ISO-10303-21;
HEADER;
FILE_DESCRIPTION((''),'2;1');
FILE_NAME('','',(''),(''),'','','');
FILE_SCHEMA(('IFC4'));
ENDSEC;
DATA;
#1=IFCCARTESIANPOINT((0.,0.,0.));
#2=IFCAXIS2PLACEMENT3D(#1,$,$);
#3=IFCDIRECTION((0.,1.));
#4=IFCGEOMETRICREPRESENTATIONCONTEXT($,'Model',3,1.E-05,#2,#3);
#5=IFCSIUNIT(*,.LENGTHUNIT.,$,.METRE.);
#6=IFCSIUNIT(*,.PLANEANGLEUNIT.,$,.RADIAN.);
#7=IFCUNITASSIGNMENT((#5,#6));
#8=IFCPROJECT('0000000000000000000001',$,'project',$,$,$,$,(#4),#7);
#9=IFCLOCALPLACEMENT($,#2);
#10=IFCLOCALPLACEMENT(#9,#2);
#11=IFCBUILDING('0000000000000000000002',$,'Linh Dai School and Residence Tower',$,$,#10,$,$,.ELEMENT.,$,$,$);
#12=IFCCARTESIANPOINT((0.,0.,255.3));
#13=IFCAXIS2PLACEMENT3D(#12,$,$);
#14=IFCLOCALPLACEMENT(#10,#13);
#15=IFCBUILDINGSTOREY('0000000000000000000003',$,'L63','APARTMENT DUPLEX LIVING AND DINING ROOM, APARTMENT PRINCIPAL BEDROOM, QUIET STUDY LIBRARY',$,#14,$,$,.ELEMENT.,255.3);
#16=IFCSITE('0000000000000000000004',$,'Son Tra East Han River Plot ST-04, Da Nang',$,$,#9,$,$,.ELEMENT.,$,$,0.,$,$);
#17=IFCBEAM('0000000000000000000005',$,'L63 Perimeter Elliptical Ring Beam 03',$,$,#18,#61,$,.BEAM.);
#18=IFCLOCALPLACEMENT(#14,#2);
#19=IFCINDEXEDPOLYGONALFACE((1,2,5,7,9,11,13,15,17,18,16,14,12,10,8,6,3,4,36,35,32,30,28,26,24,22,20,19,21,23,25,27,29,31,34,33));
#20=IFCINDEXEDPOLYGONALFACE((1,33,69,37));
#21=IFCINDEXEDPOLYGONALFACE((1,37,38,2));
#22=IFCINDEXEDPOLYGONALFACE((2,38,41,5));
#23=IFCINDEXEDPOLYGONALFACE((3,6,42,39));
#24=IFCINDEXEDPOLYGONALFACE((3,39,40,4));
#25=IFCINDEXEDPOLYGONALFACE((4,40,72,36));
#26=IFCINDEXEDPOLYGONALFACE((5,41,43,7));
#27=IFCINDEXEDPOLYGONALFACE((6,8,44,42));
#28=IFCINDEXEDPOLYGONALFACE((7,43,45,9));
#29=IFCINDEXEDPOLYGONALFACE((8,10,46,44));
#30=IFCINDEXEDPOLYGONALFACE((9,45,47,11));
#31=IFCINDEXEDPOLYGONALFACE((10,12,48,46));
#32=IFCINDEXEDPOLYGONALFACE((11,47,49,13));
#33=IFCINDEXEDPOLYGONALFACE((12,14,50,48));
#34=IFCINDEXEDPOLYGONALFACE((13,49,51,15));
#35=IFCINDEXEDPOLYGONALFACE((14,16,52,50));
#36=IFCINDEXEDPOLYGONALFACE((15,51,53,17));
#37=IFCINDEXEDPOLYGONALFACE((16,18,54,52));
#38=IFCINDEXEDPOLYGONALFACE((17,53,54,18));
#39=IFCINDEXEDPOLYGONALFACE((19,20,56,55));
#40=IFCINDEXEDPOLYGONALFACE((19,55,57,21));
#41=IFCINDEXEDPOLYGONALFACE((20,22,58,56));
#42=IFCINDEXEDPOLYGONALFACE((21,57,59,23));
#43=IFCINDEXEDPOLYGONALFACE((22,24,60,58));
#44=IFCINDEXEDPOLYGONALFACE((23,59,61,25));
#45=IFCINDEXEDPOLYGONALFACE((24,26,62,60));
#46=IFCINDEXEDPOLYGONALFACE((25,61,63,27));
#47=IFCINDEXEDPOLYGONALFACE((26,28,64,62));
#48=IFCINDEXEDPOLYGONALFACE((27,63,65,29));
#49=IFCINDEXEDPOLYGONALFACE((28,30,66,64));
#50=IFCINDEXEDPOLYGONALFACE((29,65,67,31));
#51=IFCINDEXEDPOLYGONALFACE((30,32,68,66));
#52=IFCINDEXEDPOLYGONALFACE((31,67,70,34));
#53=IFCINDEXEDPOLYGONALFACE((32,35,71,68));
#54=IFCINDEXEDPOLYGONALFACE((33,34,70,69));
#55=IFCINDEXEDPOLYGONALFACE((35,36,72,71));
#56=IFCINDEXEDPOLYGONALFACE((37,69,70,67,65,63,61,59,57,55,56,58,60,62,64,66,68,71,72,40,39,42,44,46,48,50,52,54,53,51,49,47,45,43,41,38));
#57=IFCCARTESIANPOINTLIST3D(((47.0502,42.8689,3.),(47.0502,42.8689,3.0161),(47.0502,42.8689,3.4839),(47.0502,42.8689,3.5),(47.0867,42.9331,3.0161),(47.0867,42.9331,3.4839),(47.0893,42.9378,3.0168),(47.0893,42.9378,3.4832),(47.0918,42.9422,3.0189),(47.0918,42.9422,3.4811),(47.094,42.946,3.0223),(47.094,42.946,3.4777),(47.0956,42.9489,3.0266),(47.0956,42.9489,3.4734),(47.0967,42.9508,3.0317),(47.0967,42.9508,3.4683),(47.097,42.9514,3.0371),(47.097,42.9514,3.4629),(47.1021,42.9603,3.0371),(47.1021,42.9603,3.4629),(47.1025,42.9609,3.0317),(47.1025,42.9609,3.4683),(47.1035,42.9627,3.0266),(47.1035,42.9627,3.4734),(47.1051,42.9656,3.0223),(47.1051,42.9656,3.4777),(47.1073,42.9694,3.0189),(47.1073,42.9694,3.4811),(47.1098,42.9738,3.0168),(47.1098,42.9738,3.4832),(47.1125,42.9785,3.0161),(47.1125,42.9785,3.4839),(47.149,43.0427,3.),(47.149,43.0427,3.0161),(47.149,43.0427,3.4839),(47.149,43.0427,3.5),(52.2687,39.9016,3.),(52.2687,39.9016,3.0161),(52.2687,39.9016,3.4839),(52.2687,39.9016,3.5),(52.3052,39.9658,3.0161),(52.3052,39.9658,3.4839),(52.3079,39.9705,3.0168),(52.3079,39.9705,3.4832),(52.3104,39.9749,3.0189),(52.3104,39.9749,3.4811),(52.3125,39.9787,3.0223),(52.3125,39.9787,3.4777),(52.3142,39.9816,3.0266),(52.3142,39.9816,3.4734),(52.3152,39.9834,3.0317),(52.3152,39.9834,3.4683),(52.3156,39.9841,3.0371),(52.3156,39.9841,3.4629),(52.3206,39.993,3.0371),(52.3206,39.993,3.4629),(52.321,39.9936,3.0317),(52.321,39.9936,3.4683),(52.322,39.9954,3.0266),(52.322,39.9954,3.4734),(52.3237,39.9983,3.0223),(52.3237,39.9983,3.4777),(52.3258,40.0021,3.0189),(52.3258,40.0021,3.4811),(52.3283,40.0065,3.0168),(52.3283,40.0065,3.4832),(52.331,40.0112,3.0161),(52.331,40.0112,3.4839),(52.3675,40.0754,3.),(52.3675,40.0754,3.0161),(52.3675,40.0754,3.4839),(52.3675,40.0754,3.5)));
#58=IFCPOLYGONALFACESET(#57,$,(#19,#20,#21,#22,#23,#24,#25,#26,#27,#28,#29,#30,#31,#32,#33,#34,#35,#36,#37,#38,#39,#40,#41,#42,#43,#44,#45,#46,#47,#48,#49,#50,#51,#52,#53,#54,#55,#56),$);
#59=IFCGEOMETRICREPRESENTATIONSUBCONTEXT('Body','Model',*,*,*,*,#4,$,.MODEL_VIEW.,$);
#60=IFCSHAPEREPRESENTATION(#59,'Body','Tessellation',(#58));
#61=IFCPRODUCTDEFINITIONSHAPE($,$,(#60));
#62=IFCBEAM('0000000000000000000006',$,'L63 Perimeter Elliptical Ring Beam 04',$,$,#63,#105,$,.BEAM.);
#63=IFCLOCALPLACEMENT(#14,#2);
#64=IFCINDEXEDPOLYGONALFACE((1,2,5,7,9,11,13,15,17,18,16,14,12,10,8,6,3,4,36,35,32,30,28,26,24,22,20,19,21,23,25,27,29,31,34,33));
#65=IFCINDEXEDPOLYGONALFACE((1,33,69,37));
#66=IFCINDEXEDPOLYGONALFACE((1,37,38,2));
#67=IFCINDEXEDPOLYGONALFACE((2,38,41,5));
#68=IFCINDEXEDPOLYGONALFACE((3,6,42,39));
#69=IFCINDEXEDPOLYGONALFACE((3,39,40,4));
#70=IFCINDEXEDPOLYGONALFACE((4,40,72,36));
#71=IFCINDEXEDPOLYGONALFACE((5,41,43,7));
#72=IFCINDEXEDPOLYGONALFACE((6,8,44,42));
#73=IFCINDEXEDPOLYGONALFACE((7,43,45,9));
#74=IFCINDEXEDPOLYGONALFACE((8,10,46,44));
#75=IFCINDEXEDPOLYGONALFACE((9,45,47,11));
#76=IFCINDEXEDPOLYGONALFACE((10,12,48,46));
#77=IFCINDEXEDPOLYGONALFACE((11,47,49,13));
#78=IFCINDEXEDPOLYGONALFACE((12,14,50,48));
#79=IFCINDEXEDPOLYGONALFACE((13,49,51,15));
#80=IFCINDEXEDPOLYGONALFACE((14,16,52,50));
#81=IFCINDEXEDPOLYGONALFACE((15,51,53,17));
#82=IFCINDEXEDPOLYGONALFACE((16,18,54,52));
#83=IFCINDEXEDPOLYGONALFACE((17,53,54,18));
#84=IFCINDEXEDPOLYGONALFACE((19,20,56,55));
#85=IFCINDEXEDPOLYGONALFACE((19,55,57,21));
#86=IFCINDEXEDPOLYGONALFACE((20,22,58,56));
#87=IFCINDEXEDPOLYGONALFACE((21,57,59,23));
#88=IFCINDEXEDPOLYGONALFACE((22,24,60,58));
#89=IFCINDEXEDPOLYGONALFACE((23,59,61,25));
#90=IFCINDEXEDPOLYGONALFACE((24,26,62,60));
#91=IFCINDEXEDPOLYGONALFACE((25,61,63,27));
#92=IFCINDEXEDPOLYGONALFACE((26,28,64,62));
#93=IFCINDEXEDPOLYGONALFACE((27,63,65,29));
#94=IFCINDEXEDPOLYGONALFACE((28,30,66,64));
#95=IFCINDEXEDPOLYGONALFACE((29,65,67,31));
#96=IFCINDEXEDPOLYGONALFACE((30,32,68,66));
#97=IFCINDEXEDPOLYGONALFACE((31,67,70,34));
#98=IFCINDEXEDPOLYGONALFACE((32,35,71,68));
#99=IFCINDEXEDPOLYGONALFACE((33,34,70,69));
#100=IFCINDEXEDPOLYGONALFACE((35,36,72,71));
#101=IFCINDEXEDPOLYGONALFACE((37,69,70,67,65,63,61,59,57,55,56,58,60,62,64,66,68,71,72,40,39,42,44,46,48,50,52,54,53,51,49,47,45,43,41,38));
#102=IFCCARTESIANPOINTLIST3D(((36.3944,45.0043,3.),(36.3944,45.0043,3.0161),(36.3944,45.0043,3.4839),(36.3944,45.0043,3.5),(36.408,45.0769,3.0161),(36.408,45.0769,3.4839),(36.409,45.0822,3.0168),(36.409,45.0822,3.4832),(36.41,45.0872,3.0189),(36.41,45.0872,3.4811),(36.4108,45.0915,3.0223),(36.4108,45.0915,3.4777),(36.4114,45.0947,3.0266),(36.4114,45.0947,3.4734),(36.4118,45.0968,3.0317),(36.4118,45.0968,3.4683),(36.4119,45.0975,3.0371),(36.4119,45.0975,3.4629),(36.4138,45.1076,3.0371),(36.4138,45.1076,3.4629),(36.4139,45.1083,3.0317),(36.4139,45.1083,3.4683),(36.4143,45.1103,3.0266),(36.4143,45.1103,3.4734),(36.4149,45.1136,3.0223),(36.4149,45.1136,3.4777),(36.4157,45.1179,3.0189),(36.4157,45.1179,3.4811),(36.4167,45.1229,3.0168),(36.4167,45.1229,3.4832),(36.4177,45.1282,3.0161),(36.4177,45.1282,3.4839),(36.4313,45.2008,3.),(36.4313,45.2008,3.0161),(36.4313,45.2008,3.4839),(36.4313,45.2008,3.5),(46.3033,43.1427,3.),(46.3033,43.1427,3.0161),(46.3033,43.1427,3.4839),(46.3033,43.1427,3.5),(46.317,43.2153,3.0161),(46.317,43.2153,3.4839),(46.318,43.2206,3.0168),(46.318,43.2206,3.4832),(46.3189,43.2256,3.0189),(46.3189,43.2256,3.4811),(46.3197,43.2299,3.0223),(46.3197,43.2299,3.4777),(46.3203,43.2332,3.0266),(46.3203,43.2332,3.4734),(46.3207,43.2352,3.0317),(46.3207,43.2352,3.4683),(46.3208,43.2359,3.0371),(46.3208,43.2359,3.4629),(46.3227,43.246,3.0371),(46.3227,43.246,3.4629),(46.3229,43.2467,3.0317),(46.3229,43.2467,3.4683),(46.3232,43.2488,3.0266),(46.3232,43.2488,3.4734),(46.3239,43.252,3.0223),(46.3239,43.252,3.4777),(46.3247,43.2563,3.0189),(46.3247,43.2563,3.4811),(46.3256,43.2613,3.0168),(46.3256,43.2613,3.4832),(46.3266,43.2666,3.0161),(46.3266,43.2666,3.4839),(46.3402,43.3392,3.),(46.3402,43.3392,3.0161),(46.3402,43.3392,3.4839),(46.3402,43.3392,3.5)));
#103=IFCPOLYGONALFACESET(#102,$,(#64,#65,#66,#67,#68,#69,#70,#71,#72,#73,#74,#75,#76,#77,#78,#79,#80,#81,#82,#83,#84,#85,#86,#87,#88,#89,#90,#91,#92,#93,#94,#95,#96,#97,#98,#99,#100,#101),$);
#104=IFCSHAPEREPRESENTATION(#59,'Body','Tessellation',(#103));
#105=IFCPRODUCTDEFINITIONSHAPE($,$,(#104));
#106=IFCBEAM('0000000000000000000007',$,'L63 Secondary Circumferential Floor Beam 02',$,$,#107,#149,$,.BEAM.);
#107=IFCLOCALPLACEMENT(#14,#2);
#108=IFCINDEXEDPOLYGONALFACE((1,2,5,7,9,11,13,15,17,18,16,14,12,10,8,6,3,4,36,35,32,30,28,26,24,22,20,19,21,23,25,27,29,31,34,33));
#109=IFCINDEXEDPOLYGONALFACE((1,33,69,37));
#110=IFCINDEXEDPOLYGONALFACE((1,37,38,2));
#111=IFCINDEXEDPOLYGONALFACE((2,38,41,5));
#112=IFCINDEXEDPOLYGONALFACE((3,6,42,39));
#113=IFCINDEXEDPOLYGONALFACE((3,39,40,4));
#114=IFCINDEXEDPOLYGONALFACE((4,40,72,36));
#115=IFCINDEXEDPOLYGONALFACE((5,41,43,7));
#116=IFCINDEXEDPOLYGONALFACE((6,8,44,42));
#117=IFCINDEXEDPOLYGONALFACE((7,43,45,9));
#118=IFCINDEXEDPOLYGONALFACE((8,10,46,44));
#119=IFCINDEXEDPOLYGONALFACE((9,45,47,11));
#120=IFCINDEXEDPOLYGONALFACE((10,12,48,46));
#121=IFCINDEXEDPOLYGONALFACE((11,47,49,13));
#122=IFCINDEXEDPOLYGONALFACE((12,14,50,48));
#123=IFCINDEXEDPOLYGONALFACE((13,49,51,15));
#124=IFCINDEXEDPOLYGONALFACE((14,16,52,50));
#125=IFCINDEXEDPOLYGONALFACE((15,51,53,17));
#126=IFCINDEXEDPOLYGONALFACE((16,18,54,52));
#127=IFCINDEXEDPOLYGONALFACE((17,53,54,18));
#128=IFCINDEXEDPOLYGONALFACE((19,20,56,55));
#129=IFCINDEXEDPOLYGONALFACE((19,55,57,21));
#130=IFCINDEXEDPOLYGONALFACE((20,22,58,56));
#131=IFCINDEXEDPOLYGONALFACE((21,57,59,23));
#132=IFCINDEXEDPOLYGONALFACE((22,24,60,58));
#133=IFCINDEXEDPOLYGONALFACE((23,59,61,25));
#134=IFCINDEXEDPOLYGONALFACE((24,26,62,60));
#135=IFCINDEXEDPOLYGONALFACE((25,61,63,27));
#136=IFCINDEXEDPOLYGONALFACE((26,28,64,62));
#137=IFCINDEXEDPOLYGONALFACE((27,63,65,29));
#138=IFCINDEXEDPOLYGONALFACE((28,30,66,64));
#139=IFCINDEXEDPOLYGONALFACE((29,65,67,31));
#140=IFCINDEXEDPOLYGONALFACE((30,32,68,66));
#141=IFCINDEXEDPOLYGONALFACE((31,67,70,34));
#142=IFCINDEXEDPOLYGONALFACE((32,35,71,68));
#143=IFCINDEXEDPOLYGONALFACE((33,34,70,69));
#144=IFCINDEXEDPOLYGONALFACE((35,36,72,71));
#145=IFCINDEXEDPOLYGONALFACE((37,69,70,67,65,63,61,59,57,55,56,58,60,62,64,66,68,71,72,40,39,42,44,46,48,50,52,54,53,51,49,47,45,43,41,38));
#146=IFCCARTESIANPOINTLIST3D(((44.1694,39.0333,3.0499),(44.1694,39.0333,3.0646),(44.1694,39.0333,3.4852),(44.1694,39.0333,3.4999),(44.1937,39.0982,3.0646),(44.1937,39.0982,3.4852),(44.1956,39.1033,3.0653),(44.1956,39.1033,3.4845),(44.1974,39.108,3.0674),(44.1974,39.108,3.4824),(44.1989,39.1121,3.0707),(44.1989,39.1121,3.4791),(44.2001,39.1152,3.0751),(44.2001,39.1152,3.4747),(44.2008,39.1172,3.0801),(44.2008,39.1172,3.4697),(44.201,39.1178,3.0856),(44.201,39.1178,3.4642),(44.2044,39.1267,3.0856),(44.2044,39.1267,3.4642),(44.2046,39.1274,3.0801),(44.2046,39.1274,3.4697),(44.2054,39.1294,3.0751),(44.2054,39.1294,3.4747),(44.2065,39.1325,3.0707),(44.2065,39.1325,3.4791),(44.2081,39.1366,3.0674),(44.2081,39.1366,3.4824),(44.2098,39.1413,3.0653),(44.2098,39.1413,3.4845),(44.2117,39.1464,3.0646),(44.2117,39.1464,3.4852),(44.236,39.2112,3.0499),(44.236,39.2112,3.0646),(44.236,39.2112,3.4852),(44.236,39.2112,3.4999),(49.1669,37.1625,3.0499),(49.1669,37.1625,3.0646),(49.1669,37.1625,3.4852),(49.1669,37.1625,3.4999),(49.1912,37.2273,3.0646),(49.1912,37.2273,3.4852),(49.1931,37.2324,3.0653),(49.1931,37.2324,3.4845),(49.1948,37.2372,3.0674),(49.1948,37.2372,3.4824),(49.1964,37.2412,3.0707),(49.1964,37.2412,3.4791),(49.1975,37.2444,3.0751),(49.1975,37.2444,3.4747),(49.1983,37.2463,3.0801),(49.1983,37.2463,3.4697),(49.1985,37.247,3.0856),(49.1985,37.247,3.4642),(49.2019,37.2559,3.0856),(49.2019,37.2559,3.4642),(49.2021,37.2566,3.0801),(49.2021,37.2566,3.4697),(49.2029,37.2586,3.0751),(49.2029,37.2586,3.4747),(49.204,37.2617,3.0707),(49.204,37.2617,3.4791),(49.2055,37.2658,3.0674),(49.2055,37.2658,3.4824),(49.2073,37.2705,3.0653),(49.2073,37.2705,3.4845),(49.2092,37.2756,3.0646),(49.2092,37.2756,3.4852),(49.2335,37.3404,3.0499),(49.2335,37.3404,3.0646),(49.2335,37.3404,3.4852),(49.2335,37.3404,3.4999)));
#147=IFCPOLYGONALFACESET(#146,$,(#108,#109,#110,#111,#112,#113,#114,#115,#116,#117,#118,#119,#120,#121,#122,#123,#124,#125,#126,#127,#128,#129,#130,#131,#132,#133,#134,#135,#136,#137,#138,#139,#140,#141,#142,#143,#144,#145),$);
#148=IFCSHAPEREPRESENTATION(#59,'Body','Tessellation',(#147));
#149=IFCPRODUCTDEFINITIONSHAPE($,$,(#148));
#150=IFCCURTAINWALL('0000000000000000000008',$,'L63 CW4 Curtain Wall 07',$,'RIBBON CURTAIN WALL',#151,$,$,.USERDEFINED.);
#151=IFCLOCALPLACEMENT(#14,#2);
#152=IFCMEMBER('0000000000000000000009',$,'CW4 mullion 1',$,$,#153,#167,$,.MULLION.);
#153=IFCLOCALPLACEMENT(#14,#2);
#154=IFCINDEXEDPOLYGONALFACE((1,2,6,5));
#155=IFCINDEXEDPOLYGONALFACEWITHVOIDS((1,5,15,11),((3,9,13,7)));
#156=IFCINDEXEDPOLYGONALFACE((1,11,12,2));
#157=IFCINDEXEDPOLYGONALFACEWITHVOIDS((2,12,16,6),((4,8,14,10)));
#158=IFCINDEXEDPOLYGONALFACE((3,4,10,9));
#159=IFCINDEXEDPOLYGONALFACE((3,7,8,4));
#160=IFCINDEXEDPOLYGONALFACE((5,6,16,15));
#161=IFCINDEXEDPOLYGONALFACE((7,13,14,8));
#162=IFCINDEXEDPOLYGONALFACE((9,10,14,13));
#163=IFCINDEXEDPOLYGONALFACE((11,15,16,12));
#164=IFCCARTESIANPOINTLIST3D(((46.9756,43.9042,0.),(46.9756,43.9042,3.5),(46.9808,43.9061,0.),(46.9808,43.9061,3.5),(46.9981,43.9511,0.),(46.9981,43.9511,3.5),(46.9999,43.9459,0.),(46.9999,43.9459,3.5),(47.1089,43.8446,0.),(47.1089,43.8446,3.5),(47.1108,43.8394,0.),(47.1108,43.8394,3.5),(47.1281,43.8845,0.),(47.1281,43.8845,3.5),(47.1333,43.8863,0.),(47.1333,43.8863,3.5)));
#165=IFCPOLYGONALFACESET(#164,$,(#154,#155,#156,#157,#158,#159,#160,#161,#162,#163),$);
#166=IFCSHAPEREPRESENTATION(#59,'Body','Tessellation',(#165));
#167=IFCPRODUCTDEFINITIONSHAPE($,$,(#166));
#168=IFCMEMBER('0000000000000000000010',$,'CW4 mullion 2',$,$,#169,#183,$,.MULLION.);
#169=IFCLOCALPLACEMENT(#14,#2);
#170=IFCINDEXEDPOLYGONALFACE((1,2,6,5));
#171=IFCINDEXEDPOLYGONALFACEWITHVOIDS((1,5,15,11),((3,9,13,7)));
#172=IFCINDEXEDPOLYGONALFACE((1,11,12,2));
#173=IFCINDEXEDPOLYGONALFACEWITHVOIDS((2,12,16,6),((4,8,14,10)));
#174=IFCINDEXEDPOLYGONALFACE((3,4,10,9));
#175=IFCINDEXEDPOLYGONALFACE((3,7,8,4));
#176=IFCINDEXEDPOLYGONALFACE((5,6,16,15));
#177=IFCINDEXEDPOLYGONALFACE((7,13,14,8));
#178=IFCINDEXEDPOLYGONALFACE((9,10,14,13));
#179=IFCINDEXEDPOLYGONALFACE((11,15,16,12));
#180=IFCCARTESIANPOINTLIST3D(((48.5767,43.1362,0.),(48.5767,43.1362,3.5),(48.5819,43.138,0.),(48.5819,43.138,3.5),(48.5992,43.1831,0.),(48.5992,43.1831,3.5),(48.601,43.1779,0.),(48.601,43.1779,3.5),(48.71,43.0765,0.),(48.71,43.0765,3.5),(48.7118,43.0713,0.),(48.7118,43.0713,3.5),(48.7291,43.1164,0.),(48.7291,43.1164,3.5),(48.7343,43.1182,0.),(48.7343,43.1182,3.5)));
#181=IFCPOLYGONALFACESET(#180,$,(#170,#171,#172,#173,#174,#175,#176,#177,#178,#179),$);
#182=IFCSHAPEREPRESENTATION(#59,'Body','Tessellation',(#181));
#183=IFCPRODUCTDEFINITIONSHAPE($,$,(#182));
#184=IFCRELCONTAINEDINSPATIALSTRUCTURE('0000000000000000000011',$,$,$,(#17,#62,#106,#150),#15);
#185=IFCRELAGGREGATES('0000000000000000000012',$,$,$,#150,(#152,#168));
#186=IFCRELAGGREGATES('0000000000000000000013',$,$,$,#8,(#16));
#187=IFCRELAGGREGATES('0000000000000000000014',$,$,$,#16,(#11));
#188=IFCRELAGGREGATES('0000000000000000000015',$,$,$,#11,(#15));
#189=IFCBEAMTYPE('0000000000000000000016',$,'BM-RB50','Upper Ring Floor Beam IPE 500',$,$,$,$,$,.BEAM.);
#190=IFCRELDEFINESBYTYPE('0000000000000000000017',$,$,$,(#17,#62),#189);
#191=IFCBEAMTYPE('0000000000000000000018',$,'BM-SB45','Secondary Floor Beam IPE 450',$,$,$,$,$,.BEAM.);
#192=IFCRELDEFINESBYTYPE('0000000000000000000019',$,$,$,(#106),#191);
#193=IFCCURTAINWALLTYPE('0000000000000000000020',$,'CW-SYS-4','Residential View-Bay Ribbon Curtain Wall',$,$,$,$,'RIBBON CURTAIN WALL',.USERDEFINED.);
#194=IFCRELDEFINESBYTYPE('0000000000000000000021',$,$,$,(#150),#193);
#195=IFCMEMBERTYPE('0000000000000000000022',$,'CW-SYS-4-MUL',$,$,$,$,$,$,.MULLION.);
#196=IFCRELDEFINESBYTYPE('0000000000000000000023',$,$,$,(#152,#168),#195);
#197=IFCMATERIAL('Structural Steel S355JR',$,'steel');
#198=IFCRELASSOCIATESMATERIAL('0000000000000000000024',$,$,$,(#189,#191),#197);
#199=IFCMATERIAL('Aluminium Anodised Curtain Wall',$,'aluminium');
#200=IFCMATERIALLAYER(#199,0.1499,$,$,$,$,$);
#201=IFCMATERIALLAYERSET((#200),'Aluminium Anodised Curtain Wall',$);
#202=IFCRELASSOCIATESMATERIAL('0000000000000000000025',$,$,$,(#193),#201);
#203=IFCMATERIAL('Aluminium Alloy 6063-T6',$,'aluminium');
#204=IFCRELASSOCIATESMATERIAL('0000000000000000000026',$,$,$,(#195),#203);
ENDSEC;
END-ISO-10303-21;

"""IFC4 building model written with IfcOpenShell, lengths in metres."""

from ifc_helpers import new_model, si_unit, direction, frame, origin, origin_2d, place, context, subcontext, project, spatial, hollow_rectangle, i_section, extrude, source, transform, mapped, material, layer, layer_set, material_profile, profile_set, type_object, element, aggregate, save


model = new_model("IFC4")

# Units and contexts
model_context = context("Model", 3, precision=1e-05, world=origin(), true_north=direction((0.0, 1.0)))
body_context = subcontext(model_context, "Body", "Model", "MODEL_VIEW")
ifc_project = project(units=[si_unit("LENGTHUNIT", "METRE"), si_unit("PLANEANGLEUNIT", "RADIAN")], contexts=[model_context])

# Site, building, storey
site_placement = place(None, origin())
site = spatial("IfcSite", under=ifc_project, at=site_placement, Name="Son Tra East Han River Plot ST-04, Da Nang", CompositionType="ELEMENT", RefElevation=0.0)
building_placement = place(site_placement, origin())
building = spatial("IfcBuilding", under=site, at=building_placement, Name="Linh Dai School and Residence Tower", CompositionType="ELEMENT")
storey_placement = place(building_placement, frame((0.0, 0.0, 255.3)))
storey = spatial("IfcBuildingStorey", under=building, at=storey_placement, Name="L63", Description="APARTMENT DUPLEX LIVING AND DINING ROOM, APARTMENT PRINCIPAL BEDROOM, QUIET STUDY LIBRARY", CompositionType="ELEMENT", Elevation=255.3)

# Shared definitions
ifc_material_1 = material(Name="Structural Steel S355JR", Category="steel")

# Beams
ifc_material_profile_1 = material_profile(ifc_material_1, i_section(OverallWidth=0.2, OverallDepth=0.5, WebThickness=0.0103, FlangeThickness=0.0161, FilletRadius=0.021, at=origin_2d()), Name="IPE 500")
ifc_profile_set_1 = profile_set([ifc_material_profile_1], Name="Structural Steel S355JR")
beam_type_1 = type_object("IfcBeamType", Name="BM-RB50", Description="Upper Ring Floor Beam IPE 500", PredefinedType="BEAM", material=ifc_profile_set_1)
beam_1_placement = place(storey_placement, frame((52.3181, 39.9885, 3.25), z_axis=(-0.869297, 0.49429, 0.0), x_axis=(-0.49429, -0.869297, 0.0)))
element("IfcBeam", 1, at=beam_1_placement, inside=storey, type_object=beam_type_1, Name="L63 Perimeter Elliptical Ring Beam 03", PredefinedType="BEAM", context=body_context, shape_type="SweptSolid", body=[
    extrude(i_section(OverallWidth=0.2, OverallDepth=0.5, WebThickness=0.0103, FlangeThickness=0.0161, FilletRadius=0.021, at=origin_2d()), origin(), (0.0, 0.0, 1.0), 6.0032),
])
beam_2_placement = place(storey_placement, frame((46.3218, 43.241, 3.25), z_axis=(-0.982807, 0.184638, 0.0), x_axis=(-0.184638, -0.982807, 0.0)))
element("IfcBeam", 2, at=beam_2_placement, inside=storey, type_object=beam_type_1, Name="L63 Perimeter Elliptical Ring Beam 04", PredefinedType="BEAM", context=body_context, shape_type="SweptSolid", body=[
    extrude(i_section(OverallWidth=0.2, OverallDepth=0.5, WebThickness=0.0103, FlangeThickness=0.0161, FilletRadius=0.021, at=origin_2d()), origin(), (0.0, 0.0, 1.0), 10.0823),
])
ifc_material_profile_2 = material_profile(ifc_material_1, i_section(OverallWidth=0.1899, OverallDepth=0.45, WebThickness=0.0095, FlangeThickness=0.0146, FilletRadius=0.021, at=origin_2d()), Name="IPE 450")
ifc_profile_set_2 = profile_set([ifc_material_profile_2], Name="Structural Steel S355JR")
beam_type_2 = type_object("IfcBeamType", Name="BM-SB45", Description="Secondary Floor Beam IPE 450", PredefinedType="BEAM", material=ifc_profile_set_2)
beam_3_placement = place(storey_placement, frame((49.2002, 37.2515, 3.2749), z_axis=(-0.936528, 0.350592, 0.0), x_axis=(-0.350592, -0.936528, 0.0)))
element("IfcBeam", 3, at=beam_3_placement, inside=storey, type_object=beam_type_2, Name="L63 Secondary Circumferential Floor Beam 02", PredefinedType="BEAM", context=body_context, shape_type="SweptSolid", body=[
    extrude(i_section(OverallWidth=0.1899, OverallDepth=0.45, WebThickness=0.0095, FlangeThickness=0.0146, FilletRadius=0.021, at=origin_2d()), origin(), (0.0, 0.0, 1.0), 5.3362),
])

# Curtain wall, members
ifc_material_2 = material(Name="Aluminium Anodised Curtain Wall", Category="aluminium")
ifc_layer_1 = layer(ifc_material_2, 0.1499)
ifc_layer_set_1 = layer_set([ifc_layer_1], Name="Aluminium Anodised Curtain Wall")
curtain_wall_type = type_object("IfcCurtainWallType", Name="CW-SYS-4", Description="Residential View-Bay Ribbon Curtain Wall", ElementType="RIBBON CURTAIN WALL", PredefinedType="USERDEFINED", material=ifc_layer_set_1)
curtain_wall_placement = place(storey_placement, origin())
curtain_wall = element("IfcCurtainWall", 4, at=curtain_wall_placement, inside=storey, type_object=curtain_wall_type, Name="L63 CW4 Curtain Wall 07", ObjectType="RIBBON CURTAIN WALL", PredefinedType="USERDEFINED")
ifc_material_3 = material(Name="Aluminium Alloy 6063-T6", Category="aluminium")
ifc_material_profile_3 = material_profile(ifc_material_3, hollow_rectangle(XDim=0.052, YDim=0.1499, WallThickness=0.0039, at=origin_2d()), Name="RHS 150x52x4")
ifc_profile_set_3 = profile_set([ifc_material_profile_3], Name="Aluminium Alloy 6063-T6")
member_type_1 = type_object("IfcMemberType", Name="CW-SYS-4-MUL", PredefinedType="MULLION", material=ifc_profile_set_3)
shared_shape_1 = source(origin(), body_context, "Body", "SweptSolid", [
    extrude(hollow_rectangle(XDim=0.052, YDim=0.1499, WallThickness=0.0039, at=origin_2d()), origin(), (0.0, 0.0, 1.0), 3.5),
])
member_1_placement = place(storey_placement, frame((47.0544, 43.8953, 0.0), z_axis=(0.0, 0.0, 1.0), x_axis=(0.432594, 0.901589, 0.0)))
member_1 = element("IfcMember", 5, at=member_1_placement, type_object=member_type_1, Name="CW4 mullion 1", PredefinedType="MULLION", context=body_context, shape_type="MappedRepresentation", body=[
    mapped(shared_shape_1, transform((0.0, 0.0, 0.0), x_axis=(1.0, 0.0, 0.0), y_axis=(0.0, 1.0, 0.0), z_axis=(0.0, 0.0, 1.0), scale=1.0)),
])
member_2_placement = place(storey_placement, frame((48.6555, 43.1272, 0.0), z_axis=(0.0, 0.0, 1.0), x_axis=(0.432594, 0.901589, 0.0)))
member_2 = element("IfcMember", 6, at=member_2_placement, type_object=member_type_1, Name="CW4 mullion 2", PredefinedType="MULLION", context=body_context, shape_type="MappedRepresentation", body=[
    mapped(shared_shape_1, transform((0.0, 0.0, 0.0), x_axis=(1.0, 0.0, 0.0), y_axis=(0.0, 1.0, 0.0), z_axis=(0.0, 0.0, 1.0), scale=1.0)),
])

aggregate(curtain_wall, [member_1, member_2])

save(model, "model.ifc")
